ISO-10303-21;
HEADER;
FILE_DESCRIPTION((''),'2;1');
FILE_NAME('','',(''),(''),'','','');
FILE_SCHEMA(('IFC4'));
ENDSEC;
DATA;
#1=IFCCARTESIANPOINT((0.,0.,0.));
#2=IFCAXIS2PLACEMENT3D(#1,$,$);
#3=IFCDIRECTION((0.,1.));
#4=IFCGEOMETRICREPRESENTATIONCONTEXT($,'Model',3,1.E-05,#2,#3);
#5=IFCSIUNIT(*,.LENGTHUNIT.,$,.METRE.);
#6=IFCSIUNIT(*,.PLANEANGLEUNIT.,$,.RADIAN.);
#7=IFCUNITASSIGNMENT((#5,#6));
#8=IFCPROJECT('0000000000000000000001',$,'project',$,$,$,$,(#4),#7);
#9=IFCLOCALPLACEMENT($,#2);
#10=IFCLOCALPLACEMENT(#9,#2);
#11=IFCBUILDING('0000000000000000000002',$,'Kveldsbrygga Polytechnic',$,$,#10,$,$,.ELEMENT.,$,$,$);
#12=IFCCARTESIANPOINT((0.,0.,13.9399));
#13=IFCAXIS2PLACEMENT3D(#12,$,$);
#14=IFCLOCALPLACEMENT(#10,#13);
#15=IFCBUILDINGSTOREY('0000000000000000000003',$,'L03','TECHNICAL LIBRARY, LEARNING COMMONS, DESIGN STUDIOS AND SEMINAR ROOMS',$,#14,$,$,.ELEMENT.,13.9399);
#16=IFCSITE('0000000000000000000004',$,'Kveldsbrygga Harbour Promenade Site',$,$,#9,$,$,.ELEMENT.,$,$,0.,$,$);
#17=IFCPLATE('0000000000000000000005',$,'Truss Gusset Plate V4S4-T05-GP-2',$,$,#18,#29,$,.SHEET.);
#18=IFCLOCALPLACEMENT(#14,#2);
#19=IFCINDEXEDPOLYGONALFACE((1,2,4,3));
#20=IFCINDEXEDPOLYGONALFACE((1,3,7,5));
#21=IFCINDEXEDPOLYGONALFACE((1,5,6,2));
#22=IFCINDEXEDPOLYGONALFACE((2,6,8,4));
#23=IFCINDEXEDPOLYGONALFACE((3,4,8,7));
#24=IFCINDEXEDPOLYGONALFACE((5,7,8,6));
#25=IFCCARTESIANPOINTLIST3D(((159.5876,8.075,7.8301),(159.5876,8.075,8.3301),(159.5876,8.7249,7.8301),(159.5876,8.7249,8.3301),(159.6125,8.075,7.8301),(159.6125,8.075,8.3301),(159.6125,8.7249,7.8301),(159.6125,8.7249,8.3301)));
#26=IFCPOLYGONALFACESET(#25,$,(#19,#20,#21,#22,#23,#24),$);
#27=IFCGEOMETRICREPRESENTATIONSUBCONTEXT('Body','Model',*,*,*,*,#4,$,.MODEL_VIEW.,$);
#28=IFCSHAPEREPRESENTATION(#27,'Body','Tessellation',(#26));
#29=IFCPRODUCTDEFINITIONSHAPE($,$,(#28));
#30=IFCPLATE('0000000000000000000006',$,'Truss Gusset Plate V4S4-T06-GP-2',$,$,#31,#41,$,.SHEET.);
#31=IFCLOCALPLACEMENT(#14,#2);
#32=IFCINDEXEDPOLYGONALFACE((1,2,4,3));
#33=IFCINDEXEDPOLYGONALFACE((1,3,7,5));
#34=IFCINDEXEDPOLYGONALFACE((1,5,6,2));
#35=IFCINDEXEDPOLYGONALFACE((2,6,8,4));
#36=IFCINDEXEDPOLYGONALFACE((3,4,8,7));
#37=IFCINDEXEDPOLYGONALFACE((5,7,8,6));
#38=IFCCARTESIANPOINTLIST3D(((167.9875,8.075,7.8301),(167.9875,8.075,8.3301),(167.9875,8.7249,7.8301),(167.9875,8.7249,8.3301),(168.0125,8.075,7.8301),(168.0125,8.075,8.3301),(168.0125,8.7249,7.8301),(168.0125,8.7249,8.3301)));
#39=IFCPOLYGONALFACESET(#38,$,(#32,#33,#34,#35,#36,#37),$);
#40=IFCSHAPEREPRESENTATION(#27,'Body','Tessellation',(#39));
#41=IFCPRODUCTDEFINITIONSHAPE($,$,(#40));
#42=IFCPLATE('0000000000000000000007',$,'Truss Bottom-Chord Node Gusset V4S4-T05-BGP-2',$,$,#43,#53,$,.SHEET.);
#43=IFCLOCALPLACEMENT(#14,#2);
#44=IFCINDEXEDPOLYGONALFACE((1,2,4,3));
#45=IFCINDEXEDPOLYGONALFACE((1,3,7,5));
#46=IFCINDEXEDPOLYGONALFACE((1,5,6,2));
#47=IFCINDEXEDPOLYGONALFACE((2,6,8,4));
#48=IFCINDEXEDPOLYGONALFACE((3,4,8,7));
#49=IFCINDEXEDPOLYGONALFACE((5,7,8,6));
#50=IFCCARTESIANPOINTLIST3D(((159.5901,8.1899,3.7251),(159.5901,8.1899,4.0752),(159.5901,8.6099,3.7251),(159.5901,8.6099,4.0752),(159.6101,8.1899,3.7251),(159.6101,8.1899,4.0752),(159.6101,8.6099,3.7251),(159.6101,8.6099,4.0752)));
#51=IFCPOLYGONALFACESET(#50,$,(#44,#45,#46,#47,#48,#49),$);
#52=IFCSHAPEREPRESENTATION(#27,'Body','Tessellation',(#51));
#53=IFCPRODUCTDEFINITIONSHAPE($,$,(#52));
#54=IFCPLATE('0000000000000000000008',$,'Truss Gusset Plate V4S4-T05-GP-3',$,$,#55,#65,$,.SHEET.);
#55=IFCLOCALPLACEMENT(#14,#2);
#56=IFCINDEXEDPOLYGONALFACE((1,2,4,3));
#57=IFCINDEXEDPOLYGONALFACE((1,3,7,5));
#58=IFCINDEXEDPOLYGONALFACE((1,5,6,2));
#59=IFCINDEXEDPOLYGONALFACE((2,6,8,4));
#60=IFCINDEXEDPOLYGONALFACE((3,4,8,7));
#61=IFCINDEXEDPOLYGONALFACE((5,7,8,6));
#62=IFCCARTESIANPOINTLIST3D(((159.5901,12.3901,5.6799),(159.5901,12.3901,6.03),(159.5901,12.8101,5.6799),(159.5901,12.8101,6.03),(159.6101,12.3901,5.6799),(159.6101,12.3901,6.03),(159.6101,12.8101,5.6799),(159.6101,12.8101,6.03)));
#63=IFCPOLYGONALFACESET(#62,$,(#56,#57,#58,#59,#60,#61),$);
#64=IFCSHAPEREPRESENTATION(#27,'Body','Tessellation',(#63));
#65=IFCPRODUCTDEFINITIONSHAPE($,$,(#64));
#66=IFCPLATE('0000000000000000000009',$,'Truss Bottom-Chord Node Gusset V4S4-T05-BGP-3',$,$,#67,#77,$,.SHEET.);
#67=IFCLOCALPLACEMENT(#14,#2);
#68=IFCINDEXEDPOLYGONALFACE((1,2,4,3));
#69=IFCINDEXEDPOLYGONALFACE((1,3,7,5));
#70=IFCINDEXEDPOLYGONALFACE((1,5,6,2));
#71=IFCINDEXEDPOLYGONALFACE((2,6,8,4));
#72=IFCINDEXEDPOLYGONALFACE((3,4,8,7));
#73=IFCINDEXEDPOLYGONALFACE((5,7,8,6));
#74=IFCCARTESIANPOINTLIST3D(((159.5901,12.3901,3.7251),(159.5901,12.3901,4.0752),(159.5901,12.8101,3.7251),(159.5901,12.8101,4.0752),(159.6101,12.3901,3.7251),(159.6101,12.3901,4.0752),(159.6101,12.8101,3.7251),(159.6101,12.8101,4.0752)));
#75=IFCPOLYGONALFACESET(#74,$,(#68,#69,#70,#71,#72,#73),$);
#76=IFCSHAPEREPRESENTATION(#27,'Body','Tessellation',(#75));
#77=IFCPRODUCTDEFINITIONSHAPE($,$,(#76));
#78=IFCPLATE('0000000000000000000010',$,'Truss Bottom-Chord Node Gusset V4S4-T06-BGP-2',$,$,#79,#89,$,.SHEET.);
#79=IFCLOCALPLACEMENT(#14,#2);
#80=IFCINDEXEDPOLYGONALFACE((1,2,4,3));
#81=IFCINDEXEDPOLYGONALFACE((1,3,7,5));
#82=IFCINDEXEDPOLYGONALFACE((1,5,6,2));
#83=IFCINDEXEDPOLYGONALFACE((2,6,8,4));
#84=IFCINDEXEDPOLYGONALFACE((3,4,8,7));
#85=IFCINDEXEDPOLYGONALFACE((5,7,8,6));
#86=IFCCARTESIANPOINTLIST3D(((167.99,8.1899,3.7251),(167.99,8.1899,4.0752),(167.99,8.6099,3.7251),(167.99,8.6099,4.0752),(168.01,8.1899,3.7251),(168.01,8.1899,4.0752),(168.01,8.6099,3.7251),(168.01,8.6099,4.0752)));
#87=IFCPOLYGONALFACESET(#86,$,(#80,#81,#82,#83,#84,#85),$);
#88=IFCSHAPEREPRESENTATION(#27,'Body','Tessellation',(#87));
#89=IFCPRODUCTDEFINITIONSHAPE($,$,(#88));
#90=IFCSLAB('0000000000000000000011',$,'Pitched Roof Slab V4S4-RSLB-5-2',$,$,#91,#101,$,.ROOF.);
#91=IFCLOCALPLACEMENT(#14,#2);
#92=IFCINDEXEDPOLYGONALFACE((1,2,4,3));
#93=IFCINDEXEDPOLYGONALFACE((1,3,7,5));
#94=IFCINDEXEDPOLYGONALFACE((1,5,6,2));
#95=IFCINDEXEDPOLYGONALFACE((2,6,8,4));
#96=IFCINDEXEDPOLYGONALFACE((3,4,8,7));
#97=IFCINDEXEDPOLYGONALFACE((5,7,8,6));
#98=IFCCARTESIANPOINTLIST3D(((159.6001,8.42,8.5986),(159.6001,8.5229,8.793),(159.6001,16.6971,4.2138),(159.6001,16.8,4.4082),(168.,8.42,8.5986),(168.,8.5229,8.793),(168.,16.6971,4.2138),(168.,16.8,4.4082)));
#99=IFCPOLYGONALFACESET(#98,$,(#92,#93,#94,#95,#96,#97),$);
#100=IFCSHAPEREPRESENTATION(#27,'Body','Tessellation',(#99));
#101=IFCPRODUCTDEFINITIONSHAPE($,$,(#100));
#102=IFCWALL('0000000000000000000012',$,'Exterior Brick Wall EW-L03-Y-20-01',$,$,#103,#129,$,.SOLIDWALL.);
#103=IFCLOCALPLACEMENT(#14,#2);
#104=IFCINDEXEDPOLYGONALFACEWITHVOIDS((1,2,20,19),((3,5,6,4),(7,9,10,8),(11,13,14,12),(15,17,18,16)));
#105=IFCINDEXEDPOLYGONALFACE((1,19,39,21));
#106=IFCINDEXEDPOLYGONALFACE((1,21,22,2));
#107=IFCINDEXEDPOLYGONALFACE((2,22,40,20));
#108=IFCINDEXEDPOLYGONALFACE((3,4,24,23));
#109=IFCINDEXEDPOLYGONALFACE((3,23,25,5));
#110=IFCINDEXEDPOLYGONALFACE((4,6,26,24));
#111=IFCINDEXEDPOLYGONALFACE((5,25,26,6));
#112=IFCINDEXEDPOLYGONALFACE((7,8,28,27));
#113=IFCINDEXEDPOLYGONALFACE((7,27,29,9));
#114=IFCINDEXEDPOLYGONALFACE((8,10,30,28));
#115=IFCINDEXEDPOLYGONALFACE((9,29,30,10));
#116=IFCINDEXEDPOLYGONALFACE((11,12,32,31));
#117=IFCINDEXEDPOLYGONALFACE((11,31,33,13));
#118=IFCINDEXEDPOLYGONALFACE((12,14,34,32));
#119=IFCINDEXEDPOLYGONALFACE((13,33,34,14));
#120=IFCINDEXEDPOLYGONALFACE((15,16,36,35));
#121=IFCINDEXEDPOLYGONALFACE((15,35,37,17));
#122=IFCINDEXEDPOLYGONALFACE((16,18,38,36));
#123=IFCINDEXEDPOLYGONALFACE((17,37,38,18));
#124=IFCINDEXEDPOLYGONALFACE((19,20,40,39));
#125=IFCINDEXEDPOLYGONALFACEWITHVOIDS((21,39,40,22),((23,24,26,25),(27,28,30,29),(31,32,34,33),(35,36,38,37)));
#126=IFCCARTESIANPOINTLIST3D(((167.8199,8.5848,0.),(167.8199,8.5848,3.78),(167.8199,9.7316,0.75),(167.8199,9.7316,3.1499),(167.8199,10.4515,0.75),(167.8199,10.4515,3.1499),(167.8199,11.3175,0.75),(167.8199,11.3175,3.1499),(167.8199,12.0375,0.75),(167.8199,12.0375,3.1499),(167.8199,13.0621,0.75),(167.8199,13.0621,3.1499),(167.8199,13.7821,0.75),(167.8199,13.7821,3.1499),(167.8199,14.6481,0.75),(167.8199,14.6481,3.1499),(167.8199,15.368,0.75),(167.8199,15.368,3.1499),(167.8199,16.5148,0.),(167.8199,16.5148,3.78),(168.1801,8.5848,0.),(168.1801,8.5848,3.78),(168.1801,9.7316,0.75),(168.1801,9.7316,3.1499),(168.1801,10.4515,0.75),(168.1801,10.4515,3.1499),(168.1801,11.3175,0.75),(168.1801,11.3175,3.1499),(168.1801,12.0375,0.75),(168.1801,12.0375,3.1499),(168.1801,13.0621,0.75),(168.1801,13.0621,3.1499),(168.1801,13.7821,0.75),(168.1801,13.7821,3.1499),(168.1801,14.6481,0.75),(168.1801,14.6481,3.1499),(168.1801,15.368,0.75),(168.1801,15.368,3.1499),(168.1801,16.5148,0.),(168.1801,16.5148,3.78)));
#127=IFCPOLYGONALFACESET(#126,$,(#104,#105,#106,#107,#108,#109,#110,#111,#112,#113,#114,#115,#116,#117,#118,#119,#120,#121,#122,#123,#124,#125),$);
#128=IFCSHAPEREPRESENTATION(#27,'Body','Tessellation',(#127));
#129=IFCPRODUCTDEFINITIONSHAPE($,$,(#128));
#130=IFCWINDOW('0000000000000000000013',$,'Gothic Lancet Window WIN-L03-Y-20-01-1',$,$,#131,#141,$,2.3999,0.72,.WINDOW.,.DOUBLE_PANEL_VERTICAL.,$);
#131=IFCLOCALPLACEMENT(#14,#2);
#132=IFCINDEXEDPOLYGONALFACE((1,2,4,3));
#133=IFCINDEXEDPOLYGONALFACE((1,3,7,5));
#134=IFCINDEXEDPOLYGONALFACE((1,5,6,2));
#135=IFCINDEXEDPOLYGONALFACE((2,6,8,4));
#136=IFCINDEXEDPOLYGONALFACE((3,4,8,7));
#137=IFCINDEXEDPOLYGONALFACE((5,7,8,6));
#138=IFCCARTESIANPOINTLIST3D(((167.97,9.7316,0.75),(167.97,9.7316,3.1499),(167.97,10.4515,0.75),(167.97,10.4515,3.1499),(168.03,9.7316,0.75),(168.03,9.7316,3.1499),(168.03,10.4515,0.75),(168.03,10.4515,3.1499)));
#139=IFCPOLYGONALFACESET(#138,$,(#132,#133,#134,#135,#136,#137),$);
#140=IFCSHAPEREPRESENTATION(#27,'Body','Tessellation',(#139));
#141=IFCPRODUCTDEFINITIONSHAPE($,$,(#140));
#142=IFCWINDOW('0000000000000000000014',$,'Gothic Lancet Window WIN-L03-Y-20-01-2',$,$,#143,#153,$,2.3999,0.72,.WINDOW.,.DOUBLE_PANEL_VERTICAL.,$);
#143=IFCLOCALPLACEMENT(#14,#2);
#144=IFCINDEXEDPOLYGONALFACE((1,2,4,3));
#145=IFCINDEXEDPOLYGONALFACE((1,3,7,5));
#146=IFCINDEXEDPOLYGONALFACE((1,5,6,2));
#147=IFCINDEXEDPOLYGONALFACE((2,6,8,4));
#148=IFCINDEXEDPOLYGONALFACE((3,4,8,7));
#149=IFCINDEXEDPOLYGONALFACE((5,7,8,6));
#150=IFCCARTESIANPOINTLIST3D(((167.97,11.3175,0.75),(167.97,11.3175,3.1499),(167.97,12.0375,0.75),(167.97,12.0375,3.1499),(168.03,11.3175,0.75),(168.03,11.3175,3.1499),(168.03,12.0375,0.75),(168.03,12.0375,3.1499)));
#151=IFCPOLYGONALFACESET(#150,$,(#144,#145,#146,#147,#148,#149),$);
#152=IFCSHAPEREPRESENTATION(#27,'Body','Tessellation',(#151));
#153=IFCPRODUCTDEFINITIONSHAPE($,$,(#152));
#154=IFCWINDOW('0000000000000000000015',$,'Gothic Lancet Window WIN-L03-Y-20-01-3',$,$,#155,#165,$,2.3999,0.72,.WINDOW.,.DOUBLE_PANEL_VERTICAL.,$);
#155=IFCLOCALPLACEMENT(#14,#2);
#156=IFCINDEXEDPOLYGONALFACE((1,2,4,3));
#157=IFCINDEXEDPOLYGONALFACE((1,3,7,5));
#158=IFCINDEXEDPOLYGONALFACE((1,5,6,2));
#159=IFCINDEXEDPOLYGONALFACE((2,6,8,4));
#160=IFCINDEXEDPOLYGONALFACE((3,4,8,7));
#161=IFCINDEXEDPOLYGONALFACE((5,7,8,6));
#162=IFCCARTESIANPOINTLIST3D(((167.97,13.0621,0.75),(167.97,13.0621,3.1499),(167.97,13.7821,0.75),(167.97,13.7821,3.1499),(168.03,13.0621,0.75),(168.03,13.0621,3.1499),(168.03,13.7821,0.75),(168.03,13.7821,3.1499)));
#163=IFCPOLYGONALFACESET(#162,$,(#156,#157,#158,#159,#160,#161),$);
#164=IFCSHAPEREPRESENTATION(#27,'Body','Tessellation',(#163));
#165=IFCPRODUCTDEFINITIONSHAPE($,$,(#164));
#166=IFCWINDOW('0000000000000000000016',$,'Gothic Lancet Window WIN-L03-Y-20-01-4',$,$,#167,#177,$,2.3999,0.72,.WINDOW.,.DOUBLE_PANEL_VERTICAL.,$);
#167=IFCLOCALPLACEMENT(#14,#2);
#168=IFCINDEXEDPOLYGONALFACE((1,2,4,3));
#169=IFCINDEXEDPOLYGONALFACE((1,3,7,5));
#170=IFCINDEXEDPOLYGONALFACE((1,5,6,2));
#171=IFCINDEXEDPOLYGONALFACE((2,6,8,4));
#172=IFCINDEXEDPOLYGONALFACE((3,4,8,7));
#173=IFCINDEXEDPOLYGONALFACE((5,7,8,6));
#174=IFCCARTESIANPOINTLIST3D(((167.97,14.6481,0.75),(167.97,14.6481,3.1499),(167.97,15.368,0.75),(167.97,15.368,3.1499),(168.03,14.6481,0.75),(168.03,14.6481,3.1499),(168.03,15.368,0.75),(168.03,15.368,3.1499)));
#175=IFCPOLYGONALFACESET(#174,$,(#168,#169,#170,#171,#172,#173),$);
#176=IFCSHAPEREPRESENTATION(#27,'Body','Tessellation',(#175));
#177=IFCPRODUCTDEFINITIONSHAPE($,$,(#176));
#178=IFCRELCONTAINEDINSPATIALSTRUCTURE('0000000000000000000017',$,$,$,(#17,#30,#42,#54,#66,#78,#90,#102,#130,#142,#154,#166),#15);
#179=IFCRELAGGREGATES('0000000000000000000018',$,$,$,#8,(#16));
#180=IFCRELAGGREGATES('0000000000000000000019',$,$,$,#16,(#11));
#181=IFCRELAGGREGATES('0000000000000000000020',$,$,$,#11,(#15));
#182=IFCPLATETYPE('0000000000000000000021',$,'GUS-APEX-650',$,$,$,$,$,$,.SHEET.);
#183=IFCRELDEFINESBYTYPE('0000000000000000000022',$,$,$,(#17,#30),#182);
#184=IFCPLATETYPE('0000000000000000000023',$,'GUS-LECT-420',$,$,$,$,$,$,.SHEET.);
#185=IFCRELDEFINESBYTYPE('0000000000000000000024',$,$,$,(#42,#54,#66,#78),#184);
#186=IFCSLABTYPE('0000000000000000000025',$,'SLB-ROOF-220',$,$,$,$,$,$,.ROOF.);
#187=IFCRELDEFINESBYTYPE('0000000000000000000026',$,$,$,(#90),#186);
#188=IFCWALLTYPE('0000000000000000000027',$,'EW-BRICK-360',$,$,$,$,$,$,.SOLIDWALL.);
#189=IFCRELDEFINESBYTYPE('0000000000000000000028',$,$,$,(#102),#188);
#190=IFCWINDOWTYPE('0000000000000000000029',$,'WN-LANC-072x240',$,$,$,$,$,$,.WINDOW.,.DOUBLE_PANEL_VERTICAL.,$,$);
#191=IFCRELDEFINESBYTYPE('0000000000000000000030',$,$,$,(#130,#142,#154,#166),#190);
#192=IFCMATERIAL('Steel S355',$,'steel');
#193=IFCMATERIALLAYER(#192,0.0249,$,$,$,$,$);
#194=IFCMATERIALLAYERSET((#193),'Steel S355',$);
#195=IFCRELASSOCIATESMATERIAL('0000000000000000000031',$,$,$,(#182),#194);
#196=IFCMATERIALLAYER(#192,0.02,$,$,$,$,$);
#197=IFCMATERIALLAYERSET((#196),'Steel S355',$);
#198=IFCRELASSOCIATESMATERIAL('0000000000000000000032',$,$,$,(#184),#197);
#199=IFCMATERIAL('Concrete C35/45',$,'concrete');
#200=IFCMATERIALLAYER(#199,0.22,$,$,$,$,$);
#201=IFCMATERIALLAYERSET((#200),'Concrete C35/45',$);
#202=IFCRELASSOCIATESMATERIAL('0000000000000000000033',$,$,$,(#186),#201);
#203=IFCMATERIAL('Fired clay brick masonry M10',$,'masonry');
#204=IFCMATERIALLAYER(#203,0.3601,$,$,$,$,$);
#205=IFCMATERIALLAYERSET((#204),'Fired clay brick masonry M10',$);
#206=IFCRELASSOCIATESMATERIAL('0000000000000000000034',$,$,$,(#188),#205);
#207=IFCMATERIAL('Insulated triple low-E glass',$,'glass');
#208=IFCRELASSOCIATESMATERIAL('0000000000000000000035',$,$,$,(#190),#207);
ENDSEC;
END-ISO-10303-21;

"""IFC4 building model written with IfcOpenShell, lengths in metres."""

from ifc_helpers import new_model, si_unit, direction, frame, frame_2d, origin, origin_2d, place, context, subcontext, project, spatial, polyline, rectangle, outline, extrude, material, layer, layer_set, type_object, element, fill, save


model = new_model("IFC4")

# Units and contexts
model_context = context("Model", 3, precision=1e-05, world=origin(), true_north=direction((0.0, 1.0)))
body_context = subcontext(model_context, "Body", "Model", "MODEL_VIEW")
ifc_project = project(units=[si_unit("LENGTHUNIT", "METRE"), si_unit("PLANEANGLEUNIT", "RADIAN")], contexts=[model_context])

# Site, building, storey
site_placement = place(None, origin())
site = spatial("IfcSite", under=ifc_project, at=site_placement, Name="Kveldsbrygga Harbour Promenade Site", CompositionType="ELEMENT", RefElevation=0.0)
building_placement = place(site_placement, origin())
building = spatial("IfcBuilding", under=site, at=building_placement, Name="Kveldsbrygga Polytechnic", CompositionType="ELEMENT")
storey_placement = place(building_placement, frame((0.0, 0.0, 13.9399)))
storey = spatial("IfcBuildingStorey", under=building, at=storey_placement, Name="L03", Description="TECHNICAL LIBRARY, LEARNING COMMONS, DESIGN STUDIOS AND SEMINAR ROOMS", CompositionType="ELEMENT", Elevation=13.9399)

# Shared definitions
ifc_material_1 = material(Name="Steel S355", Category="steel")

# Plates
ifc_layer_1 = layer(ifc_material_1, 0.0249)
ifc_layer_set_1 = layer_set([ifc_layer_1], Name="Steel S355")
plate_type_1 = type_object("IfcPlateType", Name="GUS-APEX-650", PredefinedType="SHEET", material=ifc_layer_set_1)
for number, where, z_axis, x_axis, name in (
    (1, (159.6001, 8.3999, 7.8301), (0.0, 0.0, 1.0), (1.0, 0.0, 0.0), "Truss Gusset Plate V4S4-T05-GP-2"),
    (2, (168.0, 8.3999, 7.8301), (0.0, 0.0, 1.0), (1.0, 0.0, 0.0), "Truss Gusset Plate V4S4-T06-GP-2"),
):
    element("IfcPlate", number, at=place(storey_placement, frame(where, z_axis=z_axis, x_axis=x_axis)), inside=storey, type_object=plate_type_1, Name=name, PredefinedType="SHEET", context=body_context, shape_type="SweptSolid", body=[
        extrude(rectangle(XDim=0.0249, YDim=0.6499, at=origin_2d()), origin(), (0.0, 0.0, 1.0), 0.5),
    ])
ifc_layer_2 = layer(ifc_material_1, 0.02)
ifc_layer_set_2 = layer_set([ifc_layer_2], Name="Steel S355")
plate_type_2 = type_object("IfcPlateType", Name="GUS-LECT-420", PredefinedType="SHEET", material=ifc_layer_set_2)
for number, where, z_axis, x_axis, name in (
    (3, (159.6001, 8.3999, 3.7251), (0.0, 0.0, 1.0), (1.0, 0.0, 0.0), "Truss Bottom-Chord Node Gusset V4S4-T05-BGP-2"),
    (4, (159.6001, 12.6001, 5.6799), (0.0, 0.0, 1.0), (1.0, 0.0, 0.0), "Truss Gusset Plate V4S4-T05-GP-3"),
    (5, (159.6001, 12.6001, 3.7251), (0.0, 0.0, 1.0), (1.0, 0.0, 0.0), "Truss Bottom-Chord Node Gusset V4S4-T05-BGP-3"),
    (6, (168.0, 8.3999, 3.7251), (0.0, 0.0, 1.0), (1.0, 0.0, 0.0), "Truss Bottom-Chord Node Gusset V4S4-T06-BGP-2"),
):
    element("IfcPlate", number, at=place(storey_placement, frame(where, z_axis=z_axis, x_axis=x_axis)), inside=storey, type_object=plate_type_2, Name=name, PredefinedType="SHEET", context=body_context, shape_type="SweptSolid", body=[
        extrude(rectangle(XDim=0.02, YDim=0.4199, at=origin_2d()), origin(), (0.0, 0.0, 1.0), 0.3501),
    ])

# Slab
ifc_material_2 = material(Name="Concrete C35/45", Category="concrete")
ifc_layer_3 = layer(ifc_material_2, 0.22)
ifc_layer_set_3 = layer_set([ifc_layer_3], Name="Concrete C35/45")
slab_type = type_object("IfcSlabType", Name="SLB-ROOF-220", PredefinedType="ROOF", material=ifc_layer_set_3)
slab_placement = place(storey_placement, frame((159.6001, 8.5229, 8.793), z_axis=(0.0, 0.468119, 0.883666), x_axis=(1.0, 0.0, 0.0)))
element("IfcSlab", 7, at=slab_placement, inside=storey, type_object=slab_type, Name="Pitched Roof Slab V4S4-RSLB-5-2", PredefinedType="ROOF", context=body_context, shape_type="SweptSolid", body=[
    extrude(outline(polyline([(0.0, 0.0), (8.3999, 0.0), (8.3999, 9.3668), (0.0, 9.3668), (0.0, 0.0)])), origin(), (0.0, 0.0, -1.0), 0.22),
])

# Wall, openings, windows
ifc_material_3 = material(Name="Fired clay brick masonry M10", Category="masonry")
ifc_layer_4 = layer(ifc_material_3, 0.3601)
ifc_layer_set_4 = layer_set([ifc_layer_4], Name="Fired clay brick masonry M10")
wall_type = type_object("IfcWallType", Name="EW-BRICK-360", PredefinedType="SOLIDWALL", material=ifc_layer_set_4)
wall_placement = place(storey_placement, frame((168.0, 8.585, 0.0), z_axis=(0.0, 0.0, 1.0), x_axis=(0.0, 1.0, 0.0)))
wall = element("IfcWall", 8, at=wall_placement, inside=storey, type_object=wall_type, Name="Exterior Brick Wall EW-L03-Y-20-01", PredefinedType="SOLIDWALL", context=body_context, shape_type="SweptSolid", body=[
    extrude(rectangle(XDim=7.9299, YDim=0.3601, at=frame_2d((3.9648, 0.0))), origin(), (0.0, 0.0, 1.0), 3.78),
])
opening_1_placement = place(wall_placement, frame((1.1467, 0.0, 0.75)))
opening_1 = element("IfcOpeningElement", 9, at=opening_1_placement, cuts=wall, PredefinedType="OPENING", context=body_context, shape_type="SweptSolid", body=[
    extrude(rectangle(XDim=0.72, YDim=2.3999, at=frame_2d((0.3599, 1.2))), frame((0.0, 0.1899, 0.0), z_axis=(0.0, -1.0, 0.0), x_axis=(1.0, 0.0, 0.0)), (0.0, 0.0, 1.0), 0.3801),
])
opening_2_placement = place(wall_placement, frame((2.7327, 0.0, 0.75)))
opening_2 = element("IfcOpeningElement", 10, at=opening_2_placement, cuts=wall, PredefinedType="OPENING", context=body_context, shape_type="SweptSolid", body=[
    extrude(rectangle(XDim=0.72, YDim=2.3999, at=frame_2d((0.3599, 1.2))), frame((0.0, 0.1899, 0.0), z_axis=(0.0, -1.0, 0.0), x_axis=(1.0, 0.0, 0.0)), (0.0, 0.0, 1.0), 0.3801),
])
opening_3_placement = place(wall_placement, frame((4.4773, 0.0, 0.75)))
opening_3 = element("IfcOpeningElement", 11, at=opening_3_placement, cuts=wall, PredefinedType="OPENING", context=body_context, shape_type="SweptSolid", body=[
    extrude(rectangle(XDim=0.72, YDim=2.3999, at=frame_2d((0.3599, 1.2))), frame((0.0, 0.1899, 0.0), z_axis=(0.0, -1.0, 0.0), x_axis=(1.0, 0.0, 0.0)), (0.0, 0.0, 1.0), 0.3801),
])
opening_4_placement = place(wall_placement, frame((6.0632, 0.0, 0.75)))
opening_4 = element("IfcOpeningElement", 12, at=opening_4_placement, cuts=wall, PredefinedType="OPENING", context=body_context, shape_type="SweptSolid", body=[
    extrude(rectangle(XDim=0.72, YDim=2.3999, at=frame_2d((0.3599, 1.2))), frame((0.0, 0.1899, 0.0), z_axis=(0.0, -1.0, 0.0), x_axis=(1.0, 0.0, 0.0)), (0.0, 0.0, 1.0), 0.3801),
])
ifc_material_4 = material(Name="Insulated triple low-E glass", Category="glass")
window_type = type_object("IfcWindowType", Name="WN-LANC-072x240", PartitioningType="DOUBLE_PANEL_VERTICAL", PredefinedType="WINDOW", material=ifc_material_4)
window_1_placement = place(opening_1_placement, origin())
window_1 = element("IfcWindow", 13, at=window_1_placement, inside=storey, type_object=window_type, Name="Gothic Lancet Window WIN-L03-Y-20-01-1", OverallHeight=2.3999, OverallWidth=0.72, PartitioningType="DOUBLE_PANEL_VERTICAL", PredefinedType="WINDOW", context=body_context, shape_type="SweptSolid", body=[
    extrude(rectangle(XDim=0.72, YDim=2.3999, at=frame_2d((0.3599, 1.2))), frame((0.0, 0.03, 0.0), z_axis=(0.0, -1.0, 0.0), x_axis=(1.0, 0.0, 0.0)), (0.0, 0.0, 1.0), 0.0601),
])
fill(opening_1, window_1)
window_2_placement = place(opening_2_placement, origin())
window_2 = element("IfcWindow", 14, at=window_2_placement, inside=storey, type_object=window_type, Name="Gothic Lancet Window WIN-L03-Y-20-01-2", OverallHeight=2.3999, OverallWidth=0.72, PartitioningType="DOUBLE_PANEL_VERTICAL", PredefinedType="WINDOW", context=body_context, shape_type="SweptSolid", body=[
    extrude(rectangle(XDim=0.72, YDim=2.3999, at=frame_2d((0.3599, 1.2))), frame((0.0, 0.03, 0.0), z_axis=(0.0, -1.0, 0.0), x_axis=(1.0, 0.0, 0.0)), (0.0, 0.0, 1.0), 0.0601),
])
fill(opening_2, window_2)
window_3_placement = place(opening_3_placement, origin())
window_3 = element("IfcWindow", 15, at=window_3_placement, inside=storey, type_object=window_type, Name="Gothic Lancet Window WIN-L03-Y-20-01-3", OverallHeight=2.3999, OverallWidth=0.72, PartitioningType="DOUBLE_PANEL_VERTICAL", PredefinedType="WINDOW", context=body_context, shape_type="SweptSolid", body=[
    extrude(rectangle(XDim=0.72, YDim=2.3999, at=frame_2d((0.3599, 1.2))), frame((0.0, 0.03, 0.0), z_axis=(0.0, -1.0, 0.0), x_axis=(1.0, 0.0, 0.0)), (0.0, 0.0, 1.0), 0.0601),
])
fill(opening_3, window_3)
window_4_placement = place(opening_4_placement, origin())
window_4 = element("IfcWindow", 16, at=window_4_placement, inside=storey, type_object=window_type, Name="Gothic Lancet Window WIN-L03-Y-20-01-4", OverallHeight=2.3999, OverallWidth=0.72, PartitioningType="DOUBLE_PANEL_VERTICAL", PredefinedType="WINDOW", context=body_context, shape_type="SweptSolid", body=[
    extrude(rectangle(XDim=0.72, YDim=2.3999, at=frame_2d((0.3599, 1.2))), frame((0.0, 0.03, 0.0), z_axis=(0.0, -1.0, 0.0), x_axis=(1.0, 0.0, 0.0)), (0.0, 0.0, 1.0), 0.0601),
])
fill(opening_4, window_4)

save(model, "model.ifc")
